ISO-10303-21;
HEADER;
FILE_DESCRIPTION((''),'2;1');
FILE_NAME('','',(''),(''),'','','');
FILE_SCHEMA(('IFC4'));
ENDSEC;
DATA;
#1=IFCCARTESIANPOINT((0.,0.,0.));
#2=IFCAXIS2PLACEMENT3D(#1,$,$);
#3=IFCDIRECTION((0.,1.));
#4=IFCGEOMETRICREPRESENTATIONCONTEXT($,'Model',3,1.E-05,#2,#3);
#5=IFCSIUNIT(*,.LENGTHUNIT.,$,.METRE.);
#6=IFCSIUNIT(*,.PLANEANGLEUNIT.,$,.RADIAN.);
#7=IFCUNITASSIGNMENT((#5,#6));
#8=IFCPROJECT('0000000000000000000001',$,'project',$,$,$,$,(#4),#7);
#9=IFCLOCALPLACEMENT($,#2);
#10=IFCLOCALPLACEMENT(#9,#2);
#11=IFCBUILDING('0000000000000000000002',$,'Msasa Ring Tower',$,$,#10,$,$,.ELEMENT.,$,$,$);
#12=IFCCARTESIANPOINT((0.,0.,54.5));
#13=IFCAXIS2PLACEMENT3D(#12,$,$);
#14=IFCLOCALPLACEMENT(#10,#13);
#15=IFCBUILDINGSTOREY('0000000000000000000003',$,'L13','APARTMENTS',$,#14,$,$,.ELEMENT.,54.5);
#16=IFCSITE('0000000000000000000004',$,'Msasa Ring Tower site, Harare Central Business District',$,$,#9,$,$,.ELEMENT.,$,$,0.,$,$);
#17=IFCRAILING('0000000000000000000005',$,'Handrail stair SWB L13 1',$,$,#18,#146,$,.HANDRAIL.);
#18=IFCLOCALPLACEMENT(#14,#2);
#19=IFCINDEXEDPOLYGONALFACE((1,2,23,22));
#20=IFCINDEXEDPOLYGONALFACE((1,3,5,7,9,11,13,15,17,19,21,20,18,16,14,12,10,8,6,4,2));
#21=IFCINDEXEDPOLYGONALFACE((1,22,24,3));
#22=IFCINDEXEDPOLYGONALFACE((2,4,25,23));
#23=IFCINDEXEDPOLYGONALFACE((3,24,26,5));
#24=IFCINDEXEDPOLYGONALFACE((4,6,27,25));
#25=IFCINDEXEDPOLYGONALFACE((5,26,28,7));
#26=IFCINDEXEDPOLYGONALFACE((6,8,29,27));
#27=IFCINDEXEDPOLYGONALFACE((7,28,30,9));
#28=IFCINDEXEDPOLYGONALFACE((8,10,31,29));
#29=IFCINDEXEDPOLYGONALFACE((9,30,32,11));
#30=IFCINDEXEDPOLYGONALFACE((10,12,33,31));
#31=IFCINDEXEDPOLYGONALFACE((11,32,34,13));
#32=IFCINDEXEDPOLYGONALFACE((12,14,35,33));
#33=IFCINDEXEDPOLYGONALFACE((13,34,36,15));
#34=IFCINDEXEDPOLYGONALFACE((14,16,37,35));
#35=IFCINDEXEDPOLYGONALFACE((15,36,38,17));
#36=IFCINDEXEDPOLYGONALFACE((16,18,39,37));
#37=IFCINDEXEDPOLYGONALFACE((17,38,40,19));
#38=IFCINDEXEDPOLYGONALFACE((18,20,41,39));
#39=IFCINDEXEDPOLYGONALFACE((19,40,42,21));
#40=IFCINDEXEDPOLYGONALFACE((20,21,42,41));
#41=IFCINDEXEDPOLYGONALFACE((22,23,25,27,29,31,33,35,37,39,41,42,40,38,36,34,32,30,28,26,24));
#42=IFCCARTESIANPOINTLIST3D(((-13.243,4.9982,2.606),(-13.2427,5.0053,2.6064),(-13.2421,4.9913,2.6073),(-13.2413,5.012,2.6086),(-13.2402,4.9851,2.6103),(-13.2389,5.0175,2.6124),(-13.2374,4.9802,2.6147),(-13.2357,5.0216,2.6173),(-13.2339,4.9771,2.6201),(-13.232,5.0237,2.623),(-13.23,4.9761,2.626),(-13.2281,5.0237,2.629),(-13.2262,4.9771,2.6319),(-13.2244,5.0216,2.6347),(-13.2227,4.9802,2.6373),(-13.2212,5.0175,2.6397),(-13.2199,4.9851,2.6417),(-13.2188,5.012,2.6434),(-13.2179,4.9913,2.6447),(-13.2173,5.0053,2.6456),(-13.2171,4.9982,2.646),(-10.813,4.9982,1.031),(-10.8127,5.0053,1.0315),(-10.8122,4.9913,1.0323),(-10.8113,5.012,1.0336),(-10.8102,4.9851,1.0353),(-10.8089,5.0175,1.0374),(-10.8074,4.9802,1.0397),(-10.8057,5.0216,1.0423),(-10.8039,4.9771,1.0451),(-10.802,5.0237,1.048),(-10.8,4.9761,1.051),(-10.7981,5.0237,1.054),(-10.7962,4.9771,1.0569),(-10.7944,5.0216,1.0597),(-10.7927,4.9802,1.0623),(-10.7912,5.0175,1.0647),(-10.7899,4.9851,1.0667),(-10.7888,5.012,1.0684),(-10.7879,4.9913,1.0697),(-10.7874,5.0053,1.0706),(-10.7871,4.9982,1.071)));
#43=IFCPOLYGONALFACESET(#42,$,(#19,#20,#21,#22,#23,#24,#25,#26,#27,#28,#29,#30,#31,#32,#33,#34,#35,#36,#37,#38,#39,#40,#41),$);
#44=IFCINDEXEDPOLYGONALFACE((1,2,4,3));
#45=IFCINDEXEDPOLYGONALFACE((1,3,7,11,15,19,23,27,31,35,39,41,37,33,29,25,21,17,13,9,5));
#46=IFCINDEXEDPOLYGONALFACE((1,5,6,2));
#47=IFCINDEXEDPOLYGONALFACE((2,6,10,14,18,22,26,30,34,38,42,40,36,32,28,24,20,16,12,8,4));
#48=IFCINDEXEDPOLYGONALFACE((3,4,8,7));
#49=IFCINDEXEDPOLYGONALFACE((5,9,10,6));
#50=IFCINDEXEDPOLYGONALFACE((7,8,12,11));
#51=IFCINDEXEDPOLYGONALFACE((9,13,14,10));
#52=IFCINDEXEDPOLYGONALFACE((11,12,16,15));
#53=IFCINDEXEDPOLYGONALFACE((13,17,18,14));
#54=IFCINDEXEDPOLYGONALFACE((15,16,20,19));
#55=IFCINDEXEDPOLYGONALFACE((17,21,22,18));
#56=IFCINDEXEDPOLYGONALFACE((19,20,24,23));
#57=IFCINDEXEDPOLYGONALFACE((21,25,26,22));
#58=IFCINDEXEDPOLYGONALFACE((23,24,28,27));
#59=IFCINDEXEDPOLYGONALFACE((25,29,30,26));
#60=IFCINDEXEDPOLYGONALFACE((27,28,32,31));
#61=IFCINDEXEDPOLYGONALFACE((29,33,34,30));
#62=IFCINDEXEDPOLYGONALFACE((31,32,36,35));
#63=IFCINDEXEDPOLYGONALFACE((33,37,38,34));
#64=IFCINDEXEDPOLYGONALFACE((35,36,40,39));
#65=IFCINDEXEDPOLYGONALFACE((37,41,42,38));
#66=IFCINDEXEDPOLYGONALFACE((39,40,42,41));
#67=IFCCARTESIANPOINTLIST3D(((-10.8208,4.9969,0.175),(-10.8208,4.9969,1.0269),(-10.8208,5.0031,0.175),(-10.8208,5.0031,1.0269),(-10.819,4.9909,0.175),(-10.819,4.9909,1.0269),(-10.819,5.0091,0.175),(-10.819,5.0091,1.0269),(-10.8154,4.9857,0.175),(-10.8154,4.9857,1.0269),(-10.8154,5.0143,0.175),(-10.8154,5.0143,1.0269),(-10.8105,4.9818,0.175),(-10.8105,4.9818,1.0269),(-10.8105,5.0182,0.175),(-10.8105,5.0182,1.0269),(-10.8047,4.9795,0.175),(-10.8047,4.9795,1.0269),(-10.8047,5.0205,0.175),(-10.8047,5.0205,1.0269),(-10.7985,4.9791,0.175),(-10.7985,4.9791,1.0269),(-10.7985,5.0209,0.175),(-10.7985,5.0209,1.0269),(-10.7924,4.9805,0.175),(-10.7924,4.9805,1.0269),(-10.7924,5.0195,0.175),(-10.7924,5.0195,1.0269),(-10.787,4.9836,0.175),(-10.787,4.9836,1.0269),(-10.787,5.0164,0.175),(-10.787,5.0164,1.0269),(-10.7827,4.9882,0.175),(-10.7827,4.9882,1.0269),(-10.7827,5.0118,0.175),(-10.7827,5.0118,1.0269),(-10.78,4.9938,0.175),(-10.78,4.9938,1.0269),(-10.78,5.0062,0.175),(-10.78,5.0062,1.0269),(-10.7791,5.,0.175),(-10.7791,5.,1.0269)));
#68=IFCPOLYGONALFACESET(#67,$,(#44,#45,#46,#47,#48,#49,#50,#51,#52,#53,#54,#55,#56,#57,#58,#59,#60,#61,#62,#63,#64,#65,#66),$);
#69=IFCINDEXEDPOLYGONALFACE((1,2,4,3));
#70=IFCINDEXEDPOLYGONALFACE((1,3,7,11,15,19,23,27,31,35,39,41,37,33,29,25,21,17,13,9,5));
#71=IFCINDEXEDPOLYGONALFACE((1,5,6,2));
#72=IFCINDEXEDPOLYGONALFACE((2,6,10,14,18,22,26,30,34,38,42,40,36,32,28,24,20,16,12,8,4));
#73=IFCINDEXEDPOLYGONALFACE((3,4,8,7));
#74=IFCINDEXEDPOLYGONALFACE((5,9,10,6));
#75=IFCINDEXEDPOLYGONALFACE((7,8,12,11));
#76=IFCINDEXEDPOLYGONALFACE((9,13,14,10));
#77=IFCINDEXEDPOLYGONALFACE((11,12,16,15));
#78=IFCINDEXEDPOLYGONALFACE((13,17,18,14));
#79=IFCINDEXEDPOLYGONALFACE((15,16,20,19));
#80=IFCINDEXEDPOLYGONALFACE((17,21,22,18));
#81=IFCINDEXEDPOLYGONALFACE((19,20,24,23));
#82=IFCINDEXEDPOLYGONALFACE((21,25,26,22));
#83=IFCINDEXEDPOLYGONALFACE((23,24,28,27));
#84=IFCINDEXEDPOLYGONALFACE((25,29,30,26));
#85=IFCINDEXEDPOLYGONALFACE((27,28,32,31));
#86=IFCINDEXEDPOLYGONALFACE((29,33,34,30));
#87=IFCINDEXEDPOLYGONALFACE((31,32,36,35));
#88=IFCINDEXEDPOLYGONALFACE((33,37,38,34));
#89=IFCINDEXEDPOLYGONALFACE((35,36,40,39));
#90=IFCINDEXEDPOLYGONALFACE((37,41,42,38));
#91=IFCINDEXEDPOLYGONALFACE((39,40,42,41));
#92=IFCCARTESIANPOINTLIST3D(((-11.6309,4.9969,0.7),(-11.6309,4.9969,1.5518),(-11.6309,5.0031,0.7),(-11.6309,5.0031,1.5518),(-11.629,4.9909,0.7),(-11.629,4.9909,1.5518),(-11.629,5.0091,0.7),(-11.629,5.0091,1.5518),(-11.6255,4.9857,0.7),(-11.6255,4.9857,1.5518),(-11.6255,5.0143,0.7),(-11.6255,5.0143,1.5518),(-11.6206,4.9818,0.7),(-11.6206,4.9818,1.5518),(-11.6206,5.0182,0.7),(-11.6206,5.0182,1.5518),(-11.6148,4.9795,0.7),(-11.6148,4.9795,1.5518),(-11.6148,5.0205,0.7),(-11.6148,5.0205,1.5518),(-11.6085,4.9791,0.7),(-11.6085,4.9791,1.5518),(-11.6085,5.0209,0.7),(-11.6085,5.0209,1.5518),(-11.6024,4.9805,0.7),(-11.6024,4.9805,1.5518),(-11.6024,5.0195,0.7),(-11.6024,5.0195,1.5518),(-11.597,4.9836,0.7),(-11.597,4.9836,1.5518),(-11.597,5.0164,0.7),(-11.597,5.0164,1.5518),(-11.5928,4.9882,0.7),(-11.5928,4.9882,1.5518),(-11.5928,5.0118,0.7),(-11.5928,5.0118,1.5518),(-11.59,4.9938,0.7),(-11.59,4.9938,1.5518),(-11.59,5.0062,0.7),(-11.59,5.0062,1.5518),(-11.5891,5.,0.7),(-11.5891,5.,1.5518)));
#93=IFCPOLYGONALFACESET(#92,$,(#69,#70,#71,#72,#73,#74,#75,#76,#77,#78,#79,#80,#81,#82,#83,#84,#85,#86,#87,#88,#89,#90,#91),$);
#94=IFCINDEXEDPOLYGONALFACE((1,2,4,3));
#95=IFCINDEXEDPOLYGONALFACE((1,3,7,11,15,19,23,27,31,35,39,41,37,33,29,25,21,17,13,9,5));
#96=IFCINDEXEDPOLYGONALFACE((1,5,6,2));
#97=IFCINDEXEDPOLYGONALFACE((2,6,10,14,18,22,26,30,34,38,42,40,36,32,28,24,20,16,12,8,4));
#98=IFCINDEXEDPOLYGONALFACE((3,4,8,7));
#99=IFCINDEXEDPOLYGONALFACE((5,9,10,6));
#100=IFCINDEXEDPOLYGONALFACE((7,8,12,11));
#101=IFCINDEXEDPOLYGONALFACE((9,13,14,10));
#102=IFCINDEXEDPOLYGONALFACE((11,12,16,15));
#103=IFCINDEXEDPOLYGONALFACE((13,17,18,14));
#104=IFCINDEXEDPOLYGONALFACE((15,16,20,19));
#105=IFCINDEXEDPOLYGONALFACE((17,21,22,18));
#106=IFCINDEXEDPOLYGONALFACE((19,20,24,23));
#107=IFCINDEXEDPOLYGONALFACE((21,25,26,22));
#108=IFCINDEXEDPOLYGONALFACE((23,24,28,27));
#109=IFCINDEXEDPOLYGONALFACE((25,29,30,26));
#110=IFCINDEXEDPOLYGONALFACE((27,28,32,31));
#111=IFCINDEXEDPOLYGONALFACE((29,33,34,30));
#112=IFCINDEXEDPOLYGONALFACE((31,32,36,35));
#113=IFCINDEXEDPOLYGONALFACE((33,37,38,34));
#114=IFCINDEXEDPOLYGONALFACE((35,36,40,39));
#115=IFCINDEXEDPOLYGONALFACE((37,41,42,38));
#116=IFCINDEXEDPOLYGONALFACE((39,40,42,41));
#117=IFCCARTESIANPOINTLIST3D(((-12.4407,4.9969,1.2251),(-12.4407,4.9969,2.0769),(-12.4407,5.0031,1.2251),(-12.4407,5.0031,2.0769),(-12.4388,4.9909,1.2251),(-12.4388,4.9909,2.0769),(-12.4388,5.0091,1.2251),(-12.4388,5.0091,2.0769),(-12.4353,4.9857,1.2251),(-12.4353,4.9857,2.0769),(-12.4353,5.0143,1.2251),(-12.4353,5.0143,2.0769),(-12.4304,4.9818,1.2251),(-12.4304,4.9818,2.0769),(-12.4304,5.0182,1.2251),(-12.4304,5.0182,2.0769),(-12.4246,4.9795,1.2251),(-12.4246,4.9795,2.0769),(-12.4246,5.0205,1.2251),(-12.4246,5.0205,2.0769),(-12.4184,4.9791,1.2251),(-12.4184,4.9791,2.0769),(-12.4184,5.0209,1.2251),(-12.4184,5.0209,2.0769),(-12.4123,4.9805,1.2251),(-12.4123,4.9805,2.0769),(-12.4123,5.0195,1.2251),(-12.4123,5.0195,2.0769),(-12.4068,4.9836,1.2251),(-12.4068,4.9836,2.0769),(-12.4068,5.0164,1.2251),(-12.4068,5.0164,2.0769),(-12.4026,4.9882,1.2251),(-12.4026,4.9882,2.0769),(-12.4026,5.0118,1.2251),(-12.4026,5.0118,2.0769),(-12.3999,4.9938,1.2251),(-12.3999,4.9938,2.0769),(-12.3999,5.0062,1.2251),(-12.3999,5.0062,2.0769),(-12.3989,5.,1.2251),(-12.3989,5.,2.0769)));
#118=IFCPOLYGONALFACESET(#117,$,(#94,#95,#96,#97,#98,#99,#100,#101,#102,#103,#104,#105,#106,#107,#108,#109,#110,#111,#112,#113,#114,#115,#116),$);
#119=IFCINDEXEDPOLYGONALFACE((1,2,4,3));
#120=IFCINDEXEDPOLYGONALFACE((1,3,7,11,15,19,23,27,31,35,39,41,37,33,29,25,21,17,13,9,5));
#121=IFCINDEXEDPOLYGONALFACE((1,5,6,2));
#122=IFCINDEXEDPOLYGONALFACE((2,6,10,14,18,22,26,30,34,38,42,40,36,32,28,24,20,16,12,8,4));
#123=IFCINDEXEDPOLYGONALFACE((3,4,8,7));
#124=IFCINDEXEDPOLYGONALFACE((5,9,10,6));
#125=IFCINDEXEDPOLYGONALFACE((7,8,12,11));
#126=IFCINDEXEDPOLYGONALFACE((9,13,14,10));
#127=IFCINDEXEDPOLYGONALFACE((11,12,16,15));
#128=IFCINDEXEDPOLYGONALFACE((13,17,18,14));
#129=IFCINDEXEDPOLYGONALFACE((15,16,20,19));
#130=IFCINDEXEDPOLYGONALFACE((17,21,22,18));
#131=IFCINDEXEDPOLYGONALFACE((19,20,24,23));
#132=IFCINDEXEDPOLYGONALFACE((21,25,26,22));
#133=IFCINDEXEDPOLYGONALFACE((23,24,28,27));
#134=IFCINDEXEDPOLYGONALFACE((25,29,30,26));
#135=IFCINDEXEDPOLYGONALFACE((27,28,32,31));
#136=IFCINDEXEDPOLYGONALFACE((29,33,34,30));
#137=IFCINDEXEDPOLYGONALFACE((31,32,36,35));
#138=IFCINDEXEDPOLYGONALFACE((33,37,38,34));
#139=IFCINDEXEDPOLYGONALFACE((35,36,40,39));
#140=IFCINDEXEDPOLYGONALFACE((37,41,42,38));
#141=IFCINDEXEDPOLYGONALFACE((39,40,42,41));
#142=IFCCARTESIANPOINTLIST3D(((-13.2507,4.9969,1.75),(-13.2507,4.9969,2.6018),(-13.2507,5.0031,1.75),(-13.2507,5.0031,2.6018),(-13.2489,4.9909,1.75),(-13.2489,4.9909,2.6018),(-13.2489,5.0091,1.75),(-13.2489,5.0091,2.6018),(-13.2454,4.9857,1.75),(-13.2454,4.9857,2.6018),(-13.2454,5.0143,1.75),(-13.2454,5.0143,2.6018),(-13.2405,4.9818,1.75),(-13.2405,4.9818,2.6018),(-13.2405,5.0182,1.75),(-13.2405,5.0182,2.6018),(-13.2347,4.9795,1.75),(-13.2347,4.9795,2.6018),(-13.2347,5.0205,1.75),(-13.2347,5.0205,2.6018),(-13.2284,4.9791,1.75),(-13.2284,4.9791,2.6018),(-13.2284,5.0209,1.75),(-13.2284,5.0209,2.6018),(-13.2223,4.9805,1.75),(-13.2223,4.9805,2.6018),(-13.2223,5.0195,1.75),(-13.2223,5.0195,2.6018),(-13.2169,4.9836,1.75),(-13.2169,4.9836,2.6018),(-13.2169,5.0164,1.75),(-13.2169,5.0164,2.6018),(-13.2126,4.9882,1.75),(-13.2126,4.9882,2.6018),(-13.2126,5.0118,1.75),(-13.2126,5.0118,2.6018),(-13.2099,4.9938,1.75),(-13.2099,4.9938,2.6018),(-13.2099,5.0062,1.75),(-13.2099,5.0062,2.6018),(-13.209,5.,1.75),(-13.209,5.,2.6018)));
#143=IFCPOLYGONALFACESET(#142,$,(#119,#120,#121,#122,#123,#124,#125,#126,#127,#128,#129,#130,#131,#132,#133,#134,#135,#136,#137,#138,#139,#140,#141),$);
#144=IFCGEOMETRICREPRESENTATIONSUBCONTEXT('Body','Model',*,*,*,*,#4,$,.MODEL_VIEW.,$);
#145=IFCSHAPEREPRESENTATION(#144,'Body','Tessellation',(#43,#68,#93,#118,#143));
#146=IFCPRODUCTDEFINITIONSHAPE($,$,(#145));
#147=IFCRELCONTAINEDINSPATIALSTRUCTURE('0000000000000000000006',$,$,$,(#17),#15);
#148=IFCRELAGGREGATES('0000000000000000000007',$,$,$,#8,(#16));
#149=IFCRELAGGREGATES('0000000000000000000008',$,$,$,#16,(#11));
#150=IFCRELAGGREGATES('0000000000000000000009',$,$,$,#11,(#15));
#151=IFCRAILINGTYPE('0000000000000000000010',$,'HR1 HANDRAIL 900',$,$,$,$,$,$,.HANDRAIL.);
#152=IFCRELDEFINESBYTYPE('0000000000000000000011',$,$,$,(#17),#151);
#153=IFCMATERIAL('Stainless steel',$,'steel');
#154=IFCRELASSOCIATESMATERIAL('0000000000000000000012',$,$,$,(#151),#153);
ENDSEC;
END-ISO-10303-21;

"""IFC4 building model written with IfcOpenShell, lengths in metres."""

from ifc_helpers import new_model, si_unit, direction, frame, origin, origin_2d, place, context, subcontext, project, spatial, circle, extrude, material, type_object, element, save


model = new_model("IFC4")

# Units and contexts
model_context = context("Model", 3, precision=1e-05, world=origin(), true_north=direction((0.0, 1.0)))
body_context = subcontext(model_context, "Body", "Model", "MODEL_VIEW")
ifc_project = project(units=[si_unit("LENGTHUNIT", "METRE"), si_unit("PLANEANGLEUNIT", "RADIAN")], contexts=[model_context])

# Site, building, storey
site_placement = place(None, origin())
site = spatial("IfcSite", under=ifc_project, at=site_placement, Name="Msasa Ring Tower site, Harare Central Business District", CompositionType="ELEMENT", RefElevation=0.0)
building_placement = place(site_placement, origin())
building = spatial("IfcBuilding", under=site, at=building_placement, Name="Msasa Ring Tower", CompositionType="ELEMENT")
storey_placement = place(building_placement, frame((0.0, 0.0, 54.5)))
storey = spatial("IfcBuildingStorey", under=building, at=storey_placement, Name="L13", Description="APARTMENTS", CompositionType="ELEMENT", Elevation=54.5)

# Railing
ifc_material_1 = material(Name="Stainless steel", Category="steel")
railing_type = type_object("IfcRailingType", Name="HR1 HANDRAIL 900", PredefinedType="HANDRAIL", material=ifc_material_1)
for number, where, name in (
    (1, (-10.8, 5.0, 0.175), "Handrail stair SWB L13 1"),
):
    element("IfcRailing", number, at=place(storey_placement, frame(where)), inside=storey, type_object=railing_type, Name=name, PredefinedType="HANDRAIL", context=body_context, shape_type="SweptSolid", body=[
        extrude(circle(Radius=0.0239, at=origin_2d()), frame((0.0, 0.0, 0.876), z_axis=(-0.839154, 0.0, 0.543894), x_axis=(0.0, -1.0, 0.0)), (0.0, 0.0, 1.0), 2.8958),
        extrude(circle(Radius=0.021, at=origin_2d()), origin(), (0.0, 0.0, 1.0), 0.8518),
        extrude(circle(Radius=0.021, at=origin_2d()), frame((-0.8101, 0.0, 0.5249)), (0.0, 0.0, 1.0), 0.8518),
        extrude(circle(Radius=0.021, at=origin_2d()), frame((-1.6199, 0.0, 1.05)), (0.0, 0.0, 1.0), 0.8518),
        extrude(circle(Radius=0.021, at=origin_2d()), frame((-2.4299, 0.0, 1.575)), (0.0, 0.0, 1.0), 0.8518),
    ])

save(model, "model.ifc")
